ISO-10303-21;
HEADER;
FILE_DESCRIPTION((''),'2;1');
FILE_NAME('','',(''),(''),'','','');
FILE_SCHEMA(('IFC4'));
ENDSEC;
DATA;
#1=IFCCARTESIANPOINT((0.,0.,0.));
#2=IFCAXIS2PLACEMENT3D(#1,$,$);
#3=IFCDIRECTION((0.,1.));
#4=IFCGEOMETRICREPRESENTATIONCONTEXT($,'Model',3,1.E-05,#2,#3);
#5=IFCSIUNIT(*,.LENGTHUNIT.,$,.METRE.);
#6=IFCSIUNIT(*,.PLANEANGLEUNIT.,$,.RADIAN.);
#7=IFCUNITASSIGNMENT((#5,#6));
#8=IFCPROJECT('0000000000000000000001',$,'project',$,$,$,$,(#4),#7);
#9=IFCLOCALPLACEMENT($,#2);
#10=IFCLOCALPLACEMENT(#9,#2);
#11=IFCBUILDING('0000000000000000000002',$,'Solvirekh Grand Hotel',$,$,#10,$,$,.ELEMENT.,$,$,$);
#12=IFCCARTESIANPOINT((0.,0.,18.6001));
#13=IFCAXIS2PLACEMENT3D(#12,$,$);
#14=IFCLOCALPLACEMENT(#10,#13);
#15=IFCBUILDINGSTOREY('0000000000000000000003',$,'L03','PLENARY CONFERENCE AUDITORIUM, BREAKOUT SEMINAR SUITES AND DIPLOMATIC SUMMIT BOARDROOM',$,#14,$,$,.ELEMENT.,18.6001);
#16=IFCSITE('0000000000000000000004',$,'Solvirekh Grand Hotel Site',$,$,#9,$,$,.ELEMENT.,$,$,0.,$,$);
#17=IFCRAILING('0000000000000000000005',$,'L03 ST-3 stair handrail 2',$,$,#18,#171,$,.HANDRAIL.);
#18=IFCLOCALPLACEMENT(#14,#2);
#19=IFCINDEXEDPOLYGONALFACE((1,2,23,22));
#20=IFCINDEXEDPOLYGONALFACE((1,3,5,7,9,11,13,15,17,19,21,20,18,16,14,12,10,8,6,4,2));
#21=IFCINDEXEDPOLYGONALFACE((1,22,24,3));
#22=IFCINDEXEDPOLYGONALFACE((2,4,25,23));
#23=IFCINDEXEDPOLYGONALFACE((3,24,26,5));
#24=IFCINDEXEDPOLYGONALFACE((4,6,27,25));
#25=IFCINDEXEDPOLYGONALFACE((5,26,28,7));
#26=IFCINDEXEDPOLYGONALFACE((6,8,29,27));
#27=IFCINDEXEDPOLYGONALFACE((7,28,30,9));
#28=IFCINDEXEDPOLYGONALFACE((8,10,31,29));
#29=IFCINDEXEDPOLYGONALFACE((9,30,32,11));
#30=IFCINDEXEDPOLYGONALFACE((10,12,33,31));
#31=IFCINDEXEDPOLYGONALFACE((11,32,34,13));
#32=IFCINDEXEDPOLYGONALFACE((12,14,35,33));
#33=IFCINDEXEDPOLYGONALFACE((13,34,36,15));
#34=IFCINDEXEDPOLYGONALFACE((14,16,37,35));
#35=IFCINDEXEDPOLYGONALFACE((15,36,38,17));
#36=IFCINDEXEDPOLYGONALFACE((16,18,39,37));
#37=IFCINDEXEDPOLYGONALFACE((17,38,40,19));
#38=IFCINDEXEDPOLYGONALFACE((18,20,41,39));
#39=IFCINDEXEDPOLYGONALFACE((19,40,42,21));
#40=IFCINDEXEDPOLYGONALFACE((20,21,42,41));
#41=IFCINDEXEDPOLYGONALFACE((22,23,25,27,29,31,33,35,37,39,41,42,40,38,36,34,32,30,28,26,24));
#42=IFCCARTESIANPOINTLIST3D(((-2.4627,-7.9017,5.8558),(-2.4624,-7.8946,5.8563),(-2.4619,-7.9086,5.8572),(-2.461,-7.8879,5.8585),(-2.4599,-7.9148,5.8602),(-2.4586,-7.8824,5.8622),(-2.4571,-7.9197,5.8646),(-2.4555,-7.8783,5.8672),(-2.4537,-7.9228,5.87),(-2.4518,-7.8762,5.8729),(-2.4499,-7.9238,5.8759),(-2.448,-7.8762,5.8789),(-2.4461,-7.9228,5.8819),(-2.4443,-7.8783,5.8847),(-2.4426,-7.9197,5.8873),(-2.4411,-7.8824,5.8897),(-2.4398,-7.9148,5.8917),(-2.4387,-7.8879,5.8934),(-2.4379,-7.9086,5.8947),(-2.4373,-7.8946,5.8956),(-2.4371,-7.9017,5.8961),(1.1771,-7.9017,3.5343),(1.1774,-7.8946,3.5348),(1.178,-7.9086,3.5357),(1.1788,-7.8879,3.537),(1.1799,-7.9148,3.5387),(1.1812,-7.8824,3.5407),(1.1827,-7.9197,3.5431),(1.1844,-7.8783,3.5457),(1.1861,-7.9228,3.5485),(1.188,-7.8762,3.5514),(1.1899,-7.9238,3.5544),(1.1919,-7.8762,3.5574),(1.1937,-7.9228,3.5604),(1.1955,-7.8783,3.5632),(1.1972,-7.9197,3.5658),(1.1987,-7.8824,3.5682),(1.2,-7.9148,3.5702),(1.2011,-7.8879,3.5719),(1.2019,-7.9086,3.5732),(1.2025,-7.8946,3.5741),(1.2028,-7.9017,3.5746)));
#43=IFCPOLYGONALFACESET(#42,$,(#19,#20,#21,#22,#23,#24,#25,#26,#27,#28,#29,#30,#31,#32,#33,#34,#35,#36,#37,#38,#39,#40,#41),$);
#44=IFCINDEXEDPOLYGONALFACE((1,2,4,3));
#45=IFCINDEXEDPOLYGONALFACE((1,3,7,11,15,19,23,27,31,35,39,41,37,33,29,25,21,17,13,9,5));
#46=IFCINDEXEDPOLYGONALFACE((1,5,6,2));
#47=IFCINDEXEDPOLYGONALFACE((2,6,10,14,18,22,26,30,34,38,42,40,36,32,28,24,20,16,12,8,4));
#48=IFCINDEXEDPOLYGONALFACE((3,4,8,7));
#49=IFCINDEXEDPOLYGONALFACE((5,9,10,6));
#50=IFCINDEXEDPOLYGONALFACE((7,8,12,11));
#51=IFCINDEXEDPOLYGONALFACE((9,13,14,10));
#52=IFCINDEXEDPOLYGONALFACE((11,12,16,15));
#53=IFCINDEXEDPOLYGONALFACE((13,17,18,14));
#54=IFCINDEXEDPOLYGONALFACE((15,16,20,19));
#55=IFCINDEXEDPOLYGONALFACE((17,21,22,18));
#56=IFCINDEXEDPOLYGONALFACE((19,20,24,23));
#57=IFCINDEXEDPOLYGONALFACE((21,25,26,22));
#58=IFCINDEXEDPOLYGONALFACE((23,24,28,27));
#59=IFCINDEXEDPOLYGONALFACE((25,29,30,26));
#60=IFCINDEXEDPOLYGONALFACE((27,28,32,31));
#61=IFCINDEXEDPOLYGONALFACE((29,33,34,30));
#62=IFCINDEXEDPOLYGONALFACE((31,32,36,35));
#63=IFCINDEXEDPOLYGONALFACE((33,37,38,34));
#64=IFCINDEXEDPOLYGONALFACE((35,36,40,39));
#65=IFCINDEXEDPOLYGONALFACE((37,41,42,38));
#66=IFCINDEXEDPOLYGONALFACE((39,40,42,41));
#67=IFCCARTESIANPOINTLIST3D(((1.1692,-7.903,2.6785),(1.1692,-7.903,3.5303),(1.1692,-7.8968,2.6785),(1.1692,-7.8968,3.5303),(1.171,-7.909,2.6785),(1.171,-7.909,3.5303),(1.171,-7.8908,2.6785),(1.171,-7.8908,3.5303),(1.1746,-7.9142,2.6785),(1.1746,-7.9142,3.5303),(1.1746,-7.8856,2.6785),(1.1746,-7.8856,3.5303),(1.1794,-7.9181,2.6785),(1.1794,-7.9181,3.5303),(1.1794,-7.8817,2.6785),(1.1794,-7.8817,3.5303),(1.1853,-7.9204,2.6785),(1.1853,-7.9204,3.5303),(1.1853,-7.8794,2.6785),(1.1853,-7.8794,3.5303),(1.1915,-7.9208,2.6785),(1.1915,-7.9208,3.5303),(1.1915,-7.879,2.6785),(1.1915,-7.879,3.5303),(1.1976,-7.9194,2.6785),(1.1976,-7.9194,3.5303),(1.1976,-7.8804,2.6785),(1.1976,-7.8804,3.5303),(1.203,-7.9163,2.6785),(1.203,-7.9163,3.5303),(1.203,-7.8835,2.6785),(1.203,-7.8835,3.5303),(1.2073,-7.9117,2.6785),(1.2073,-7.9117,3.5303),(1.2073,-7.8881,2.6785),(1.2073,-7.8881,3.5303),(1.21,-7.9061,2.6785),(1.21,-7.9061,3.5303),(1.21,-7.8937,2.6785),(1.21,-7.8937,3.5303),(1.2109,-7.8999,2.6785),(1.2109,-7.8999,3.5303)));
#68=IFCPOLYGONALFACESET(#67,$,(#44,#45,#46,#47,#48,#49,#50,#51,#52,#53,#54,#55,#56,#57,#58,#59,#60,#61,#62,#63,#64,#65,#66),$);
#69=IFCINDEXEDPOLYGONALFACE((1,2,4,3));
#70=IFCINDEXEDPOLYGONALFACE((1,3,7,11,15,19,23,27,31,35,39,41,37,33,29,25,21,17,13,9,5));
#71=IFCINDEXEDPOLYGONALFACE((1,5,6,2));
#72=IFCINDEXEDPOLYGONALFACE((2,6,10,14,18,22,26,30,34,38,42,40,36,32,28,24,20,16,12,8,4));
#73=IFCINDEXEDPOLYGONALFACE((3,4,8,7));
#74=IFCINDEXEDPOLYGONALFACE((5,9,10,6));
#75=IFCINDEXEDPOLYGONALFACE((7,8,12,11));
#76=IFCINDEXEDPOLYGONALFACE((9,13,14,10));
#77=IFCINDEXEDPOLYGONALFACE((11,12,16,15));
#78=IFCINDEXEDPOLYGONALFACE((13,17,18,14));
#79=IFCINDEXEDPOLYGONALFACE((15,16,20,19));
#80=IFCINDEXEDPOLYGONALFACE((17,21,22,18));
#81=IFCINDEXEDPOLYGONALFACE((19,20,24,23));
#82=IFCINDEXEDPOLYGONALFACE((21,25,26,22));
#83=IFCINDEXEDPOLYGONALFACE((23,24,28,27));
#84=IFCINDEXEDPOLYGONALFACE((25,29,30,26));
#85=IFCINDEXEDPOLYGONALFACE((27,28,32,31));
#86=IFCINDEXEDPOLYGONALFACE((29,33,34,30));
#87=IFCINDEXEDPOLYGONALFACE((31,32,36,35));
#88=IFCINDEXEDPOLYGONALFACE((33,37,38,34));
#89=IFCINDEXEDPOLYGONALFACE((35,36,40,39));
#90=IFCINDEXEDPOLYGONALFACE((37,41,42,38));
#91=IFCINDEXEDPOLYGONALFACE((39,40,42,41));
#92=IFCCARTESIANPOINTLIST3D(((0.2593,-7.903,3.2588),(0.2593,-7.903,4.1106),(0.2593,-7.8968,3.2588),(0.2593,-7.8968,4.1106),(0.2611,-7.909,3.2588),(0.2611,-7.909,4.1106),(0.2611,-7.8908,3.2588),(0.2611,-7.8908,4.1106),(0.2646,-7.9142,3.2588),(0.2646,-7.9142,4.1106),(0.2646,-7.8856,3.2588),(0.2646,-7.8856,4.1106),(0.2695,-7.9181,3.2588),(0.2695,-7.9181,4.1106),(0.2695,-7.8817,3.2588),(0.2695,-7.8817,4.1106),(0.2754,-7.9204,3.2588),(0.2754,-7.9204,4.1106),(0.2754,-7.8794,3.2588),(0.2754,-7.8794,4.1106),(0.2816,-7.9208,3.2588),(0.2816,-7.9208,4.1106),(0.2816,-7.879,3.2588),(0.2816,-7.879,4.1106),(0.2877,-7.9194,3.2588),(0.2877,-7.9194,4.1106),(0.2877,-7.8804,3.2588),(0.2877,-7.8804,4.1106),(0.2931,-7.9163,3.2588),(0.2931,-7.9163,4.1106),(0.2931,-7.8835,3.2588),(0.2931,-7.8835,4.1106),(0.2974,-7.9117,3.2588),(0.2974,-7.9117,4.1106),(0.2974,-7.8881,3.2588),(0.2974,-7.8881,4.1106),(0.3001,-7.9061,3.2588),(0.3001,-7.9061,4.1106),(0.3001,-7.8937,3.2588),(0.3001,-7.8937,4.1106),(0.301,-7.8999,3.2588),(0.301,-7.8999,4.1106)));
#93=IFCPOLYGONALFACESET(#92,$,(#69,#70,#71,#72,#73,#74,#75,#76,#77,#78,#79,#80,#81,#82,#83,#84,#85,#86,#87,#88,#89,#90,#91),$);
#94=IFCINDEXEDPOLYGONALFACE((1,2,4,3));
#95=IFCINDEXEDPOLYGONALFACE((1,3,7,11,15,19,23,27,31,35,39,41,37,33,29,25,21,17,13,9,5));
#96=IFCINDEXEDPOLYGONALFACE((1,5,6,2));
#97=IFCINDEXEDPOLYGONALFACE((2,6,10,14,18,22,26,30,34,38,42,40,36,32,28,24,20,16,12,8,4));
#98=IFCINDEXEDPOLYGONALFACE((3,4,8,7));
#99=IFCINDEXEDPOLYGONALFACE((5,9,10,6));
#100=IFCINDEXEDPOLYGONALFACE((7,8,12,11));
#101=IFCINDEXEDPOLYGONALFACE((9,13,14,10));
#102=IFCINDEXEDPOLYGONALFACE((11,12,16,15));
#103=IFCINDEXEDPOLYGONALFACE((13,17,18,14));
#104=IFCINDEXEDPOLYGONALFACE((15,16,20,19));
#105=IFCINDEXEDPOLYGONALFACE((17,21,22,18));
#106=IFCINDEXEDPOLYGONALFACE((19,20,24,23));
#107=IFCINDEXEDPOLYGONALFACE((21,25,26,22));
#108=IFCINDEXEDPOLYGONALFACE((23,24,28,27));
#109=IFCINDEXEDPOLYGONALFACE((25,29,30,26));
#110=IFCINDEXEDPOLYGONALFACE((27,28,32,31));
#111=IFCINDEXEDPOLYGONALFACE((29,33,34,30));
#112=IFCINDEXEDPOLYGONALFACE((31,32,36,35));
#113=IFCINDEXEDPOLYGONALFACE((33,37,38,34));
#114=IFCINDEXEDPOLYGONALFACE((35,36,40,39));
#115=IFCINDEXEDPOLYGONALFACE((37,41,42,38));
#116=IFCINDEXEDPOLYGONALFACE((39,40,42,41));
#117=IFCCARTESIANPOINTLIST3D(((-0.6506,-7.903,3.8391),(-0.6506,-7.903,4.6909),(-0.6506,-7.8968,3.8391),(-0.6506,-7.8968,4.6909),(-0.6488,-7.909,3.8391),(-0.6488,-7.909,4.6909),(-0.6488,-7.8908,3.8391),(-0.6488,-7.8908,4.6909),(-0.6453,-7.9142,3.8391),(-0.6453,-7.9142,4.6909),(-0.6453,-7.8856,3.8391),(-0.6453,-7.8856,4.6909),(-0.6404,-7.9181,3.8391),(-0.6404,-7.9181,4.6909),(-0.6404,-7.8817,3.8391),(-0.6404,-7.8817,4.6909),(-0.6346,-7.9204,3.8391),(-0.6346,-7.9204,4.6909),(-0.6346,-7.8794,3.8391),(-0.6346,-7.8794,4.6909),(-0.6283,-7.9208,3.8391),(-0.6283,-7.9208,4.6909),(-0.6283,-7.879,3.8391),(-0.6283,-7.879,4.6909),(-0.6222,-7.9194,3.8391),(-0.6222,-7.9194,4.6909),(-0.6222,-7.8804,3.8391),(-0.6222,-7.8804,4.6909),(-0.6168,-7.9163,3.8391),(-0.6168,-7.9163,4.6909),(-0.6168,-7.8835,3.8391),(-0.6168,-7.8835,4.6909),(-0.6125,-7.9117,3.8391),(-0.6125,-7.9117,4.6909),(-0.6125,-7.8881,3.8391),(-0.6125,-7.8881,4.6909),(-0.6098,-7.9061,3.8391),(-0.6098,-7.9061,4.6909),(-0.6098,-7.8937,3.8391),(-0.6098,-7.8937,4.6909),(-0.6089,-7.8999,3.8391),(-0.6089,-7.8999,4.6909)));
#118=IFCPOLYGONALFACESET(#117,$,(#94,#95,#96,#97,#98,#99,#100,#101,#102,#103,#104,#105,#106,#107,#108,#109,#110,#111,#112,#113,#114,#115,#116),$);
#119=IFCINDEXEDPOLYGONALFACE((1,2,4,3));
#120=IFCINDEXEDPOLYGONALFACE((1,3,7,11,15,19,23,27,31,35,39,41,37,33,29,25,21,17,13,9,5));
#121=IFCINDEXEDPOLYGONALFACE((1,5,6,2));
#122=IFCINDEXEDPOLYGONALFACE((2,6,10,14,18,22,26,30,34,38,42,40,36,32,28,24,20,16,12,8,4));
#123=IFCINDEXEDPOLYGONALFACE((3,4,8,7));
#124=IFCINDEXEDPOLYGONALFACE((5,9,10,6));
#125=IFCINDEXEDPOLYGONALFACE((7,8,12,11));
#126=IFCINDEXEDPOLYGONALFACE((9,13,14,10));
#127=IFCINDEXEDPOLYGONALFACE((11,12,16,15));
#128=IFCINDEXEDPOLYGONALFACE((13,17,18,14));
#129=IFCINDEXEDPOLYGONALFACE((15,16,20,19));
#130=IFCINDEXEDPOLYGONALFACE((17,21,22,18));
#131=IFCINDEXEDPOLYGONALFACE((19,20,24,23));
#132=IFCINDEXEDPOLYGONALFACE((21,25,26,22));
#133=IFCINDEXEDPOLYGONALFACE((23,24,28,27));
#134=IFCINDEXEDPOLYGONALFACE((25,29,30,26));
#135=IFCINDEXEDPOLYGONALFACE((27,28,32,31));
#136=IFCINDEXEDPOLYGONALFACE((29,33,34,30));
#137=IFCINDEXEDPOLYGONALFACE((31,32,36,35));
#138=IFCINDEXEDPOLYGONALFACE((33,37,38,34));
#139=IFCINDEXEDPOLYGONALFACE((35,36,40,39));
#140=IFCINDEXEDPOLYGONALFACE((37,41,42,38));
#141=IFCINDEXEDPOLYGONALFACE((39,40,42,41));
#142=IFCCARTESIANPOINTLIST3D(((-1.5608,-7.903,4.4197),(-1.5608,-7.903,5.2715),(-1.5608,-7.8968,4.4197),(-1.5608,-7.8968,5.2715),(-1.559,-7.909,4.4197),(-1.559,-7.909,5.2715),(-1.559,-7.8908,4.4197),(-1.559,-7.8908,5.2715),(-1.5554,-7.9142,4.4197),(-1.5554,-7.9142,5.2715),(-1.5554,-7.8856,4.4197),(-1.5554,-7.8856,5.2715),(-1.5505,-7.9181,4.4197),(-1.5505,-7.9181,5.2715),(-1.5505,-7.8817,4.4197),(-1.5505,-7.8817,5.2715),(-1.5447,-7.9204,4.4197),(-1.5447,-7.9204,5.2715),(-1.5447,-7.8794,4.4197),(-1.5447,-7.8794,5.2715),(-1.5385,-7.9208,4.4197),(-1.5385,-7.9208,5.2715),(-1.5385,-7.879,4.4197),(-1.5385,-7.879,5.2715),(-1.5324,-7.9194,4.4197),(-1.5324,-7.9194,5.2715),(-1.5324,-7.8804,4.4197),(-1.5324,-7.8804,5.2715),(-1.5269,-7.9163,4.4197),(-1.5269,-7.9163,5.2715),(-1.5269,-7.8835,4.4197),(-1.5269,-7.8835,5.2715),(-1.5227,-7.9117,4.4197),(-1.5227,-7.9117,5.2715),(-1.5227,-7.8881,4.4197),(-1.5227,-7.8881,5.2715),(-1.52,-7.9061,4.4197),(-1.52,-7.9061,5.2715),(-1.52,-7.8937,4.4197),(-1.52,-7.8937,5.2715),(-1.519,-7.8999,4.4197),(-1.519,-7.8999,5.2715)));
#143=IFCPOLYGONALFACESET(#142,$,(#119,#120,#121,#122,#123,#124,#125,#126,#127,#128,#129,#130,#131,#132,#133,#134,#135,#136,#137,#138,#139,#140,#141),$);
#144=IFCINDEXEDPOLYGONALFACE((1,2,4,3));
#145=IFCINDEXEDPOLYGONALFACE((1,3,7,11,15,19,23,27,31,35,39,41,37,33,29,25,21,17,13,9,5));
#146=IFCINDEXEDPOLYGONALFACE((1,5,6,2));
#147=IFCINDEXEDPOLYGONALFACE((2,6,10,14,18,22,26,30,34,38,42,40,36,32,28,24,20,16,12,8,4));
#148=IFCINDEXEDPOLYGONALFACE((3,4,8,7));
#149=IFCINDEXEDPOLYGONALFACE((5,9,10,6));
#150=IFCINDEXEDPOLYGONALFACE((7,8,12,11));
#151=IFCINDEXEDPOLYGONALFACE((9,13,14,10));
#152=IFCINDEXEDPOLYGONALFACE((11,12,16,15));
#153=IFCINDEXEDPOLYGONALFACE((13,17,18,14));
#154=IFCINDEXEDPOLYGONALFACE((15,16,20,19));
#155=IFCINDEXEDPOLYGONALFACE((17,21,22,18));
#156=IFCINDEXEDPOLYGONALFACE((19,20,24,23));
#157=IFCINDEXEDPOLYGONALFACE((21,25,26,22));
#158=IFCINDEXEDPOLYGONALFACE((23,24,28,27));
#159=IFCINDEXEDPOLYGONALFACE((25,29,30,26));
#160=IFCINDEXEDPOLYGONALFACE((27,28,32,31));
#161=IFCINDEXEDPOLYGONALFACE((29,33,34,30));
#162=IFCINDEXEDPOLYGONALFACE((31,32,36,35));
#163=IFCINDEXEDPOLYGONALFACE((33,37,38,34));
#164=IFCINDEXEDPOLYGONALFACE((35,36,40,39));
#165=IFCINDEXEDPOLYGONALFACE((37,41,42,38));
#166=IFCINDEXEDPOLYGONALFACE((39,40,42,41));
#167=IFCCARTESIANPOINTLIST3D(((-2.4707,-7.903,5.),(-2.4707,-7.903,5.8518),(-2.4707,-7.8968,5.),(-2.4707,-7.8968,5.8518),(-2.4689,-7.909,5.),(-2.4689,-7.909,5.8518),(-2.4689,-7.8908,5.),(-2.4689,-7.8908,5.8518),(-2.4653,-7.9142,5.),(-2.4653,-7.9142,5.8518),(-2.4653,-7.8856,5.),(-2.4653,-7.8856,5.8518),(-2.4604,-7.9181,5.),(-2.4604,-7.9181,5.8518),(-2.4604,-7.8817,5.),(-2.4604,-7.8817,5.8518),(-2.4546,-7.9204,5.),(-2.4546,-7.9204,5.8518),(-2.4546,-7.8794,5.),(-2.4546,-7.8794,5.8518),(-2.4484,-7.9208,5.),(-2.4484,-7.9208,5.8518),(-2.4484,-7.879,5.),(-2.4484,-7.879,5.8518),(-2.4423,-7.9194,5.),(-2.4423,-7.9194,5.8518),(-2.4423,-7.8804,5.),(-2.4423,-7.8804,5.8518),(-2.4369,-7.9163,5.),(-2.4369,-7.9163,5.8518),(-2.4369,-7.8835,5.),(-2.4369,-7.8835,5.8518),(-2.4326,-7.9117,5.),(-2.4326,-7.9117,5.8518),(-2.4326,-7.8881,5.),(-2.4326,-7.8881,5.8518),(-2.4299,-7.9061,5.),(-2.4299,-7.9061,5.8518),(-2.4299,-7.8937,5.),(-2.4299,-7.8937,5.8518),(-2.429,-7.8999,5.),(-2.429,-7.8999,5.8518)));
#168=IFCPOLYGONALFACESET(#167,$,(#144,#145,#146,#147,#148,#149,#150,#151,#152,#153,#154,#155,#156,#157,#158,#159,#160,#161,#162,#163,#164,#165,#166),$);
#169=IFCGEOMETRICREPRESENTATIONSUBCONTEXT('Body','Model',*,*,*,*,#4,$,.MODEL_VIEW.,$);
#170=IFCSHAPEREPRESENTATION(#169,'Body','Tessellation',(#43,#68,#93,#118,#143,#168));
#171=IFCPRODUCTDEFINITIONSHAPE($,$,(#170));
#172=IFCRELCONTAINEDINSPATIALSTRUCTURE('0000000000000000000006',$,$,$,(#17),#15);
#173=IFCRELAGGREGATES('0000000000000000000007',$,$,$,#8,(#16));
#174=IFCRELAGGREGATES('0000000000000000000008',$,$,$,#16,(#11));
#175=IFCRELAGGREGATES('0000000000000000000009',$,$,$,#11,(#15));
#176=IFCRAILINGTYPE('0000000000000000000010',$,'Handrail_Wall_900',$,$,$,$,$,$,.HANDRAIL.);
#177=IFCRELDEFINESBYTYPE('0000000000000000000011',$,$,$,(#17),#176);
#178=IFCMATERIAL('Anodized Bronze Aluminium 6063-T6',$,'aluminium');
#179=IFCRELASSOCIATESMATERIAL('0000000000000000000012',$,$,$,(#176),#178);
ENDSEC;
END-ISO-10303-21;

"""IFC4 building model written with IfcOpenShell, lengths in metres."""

from ifc_helpers import new_model, si_unit, direction, frame, origin, origin_2d, place, context, subcontext, project, spatial, circle, extrude, material, type_object, element, save


model = new_model("IFC4")

# Units and contexts
model_context = context("Model", 3, precision=1e-05, world=origin(), true_north=direction((0.0, 1.0)))
body_context = subcontext(model_context, "Body", "Model", "MODEL_VIEW")
ifc_project = project(units=[si_unit("LENGTHUNIT", "METRE"), si_unit("PLANEANGLEUNIT", "RADIAN")], contexts=[model_context])

# Site, building, storey
site_placement = place(None, origin())
site = spatial("IfcSite", under=ifc_project, at=site_placement, Name="Solvirekh Grand Hotel Site", CompositionType="ELEMENT", RefElevation=0.0)
building_placement = place(site_placement, origin())
building = spatial("IfcBuilding", under=site, at=building_placement, Name="Solvirekh Grand Hotel", CompositionType="ELEMENT")
storey_placement = place(building_placement, frame((0.0, 0.0, 18.6001)))
storey = spatial("IfcBuildingStorey", under=building, at=storey_placement, Name="L03", Description="PLENARY CONFERENCE AUDITORIUM, BREAKOUT SEMINAR SUITES AND DIPLOMATIC SUMMIT BOARDROOM", CompositionType="ELEMENT", Elevation=18.6001)

# Shared definitions
ifc_material_1 = material(Name="Anodized Bronze Aluminium 6063-T6", Category="aluminium")

# Railing
railing_type_1 = type_object("IfcRailingType", Name="Handrail_Wall_900", PredefinedType="HANDRAIL", material=ifc_material_1)
railing_1_placement = place(storey_placement, frame((1.1899, -7.8999, 2.6785)))
element("IfcRailing", 1, at=railing_1_placement, inside=storey, type_object=railing_type_1, Name="L03 ST-3 stair handrail 2", PredefinedType="HANDRAIL", context=body_context, shape_type="SweptSolid", body=[
    extrude(circle(Radius=0.0239, at=origin_2d()), frame((0.0, 0.0, 0.876), z_axis=(-0.843112, 0.0, 0.537739), x_axis=(0.0, -1.0, 0.0)), (0.0, 0.0, 1.0), 4.3171),
    extrude(circle(Radius=0.021, at=origin_2d()), origin(), (0.0, 0.0, 1.0), 0.8518),
    extrude(circle(Radius=0.021, at=origin_2d()), frame((-0.9099, 0.0, 0.5803)), (0.0, 0.0, 1.0), 0.8518),
    extrude(circle(Radius=0.021, at=origin_2d()), frame((-1.8198, 0.0, 1.1606)), (0.0, 0.0, 1.0), 0.8518),
    extrude(circle(Radius=0.021, at=origin_2d()), frame((-2.73, 0.0, 1.7412)), (0.0, 0.0, 1.0), 0.8518),
    extrude(circle(Radius=0.021, at=origin_2d()), frame((-3.6399, 0.0, 2.3215)), (0.0, 0.0, 1.0), 0.8518),
])

save(model, "model.ifc")
